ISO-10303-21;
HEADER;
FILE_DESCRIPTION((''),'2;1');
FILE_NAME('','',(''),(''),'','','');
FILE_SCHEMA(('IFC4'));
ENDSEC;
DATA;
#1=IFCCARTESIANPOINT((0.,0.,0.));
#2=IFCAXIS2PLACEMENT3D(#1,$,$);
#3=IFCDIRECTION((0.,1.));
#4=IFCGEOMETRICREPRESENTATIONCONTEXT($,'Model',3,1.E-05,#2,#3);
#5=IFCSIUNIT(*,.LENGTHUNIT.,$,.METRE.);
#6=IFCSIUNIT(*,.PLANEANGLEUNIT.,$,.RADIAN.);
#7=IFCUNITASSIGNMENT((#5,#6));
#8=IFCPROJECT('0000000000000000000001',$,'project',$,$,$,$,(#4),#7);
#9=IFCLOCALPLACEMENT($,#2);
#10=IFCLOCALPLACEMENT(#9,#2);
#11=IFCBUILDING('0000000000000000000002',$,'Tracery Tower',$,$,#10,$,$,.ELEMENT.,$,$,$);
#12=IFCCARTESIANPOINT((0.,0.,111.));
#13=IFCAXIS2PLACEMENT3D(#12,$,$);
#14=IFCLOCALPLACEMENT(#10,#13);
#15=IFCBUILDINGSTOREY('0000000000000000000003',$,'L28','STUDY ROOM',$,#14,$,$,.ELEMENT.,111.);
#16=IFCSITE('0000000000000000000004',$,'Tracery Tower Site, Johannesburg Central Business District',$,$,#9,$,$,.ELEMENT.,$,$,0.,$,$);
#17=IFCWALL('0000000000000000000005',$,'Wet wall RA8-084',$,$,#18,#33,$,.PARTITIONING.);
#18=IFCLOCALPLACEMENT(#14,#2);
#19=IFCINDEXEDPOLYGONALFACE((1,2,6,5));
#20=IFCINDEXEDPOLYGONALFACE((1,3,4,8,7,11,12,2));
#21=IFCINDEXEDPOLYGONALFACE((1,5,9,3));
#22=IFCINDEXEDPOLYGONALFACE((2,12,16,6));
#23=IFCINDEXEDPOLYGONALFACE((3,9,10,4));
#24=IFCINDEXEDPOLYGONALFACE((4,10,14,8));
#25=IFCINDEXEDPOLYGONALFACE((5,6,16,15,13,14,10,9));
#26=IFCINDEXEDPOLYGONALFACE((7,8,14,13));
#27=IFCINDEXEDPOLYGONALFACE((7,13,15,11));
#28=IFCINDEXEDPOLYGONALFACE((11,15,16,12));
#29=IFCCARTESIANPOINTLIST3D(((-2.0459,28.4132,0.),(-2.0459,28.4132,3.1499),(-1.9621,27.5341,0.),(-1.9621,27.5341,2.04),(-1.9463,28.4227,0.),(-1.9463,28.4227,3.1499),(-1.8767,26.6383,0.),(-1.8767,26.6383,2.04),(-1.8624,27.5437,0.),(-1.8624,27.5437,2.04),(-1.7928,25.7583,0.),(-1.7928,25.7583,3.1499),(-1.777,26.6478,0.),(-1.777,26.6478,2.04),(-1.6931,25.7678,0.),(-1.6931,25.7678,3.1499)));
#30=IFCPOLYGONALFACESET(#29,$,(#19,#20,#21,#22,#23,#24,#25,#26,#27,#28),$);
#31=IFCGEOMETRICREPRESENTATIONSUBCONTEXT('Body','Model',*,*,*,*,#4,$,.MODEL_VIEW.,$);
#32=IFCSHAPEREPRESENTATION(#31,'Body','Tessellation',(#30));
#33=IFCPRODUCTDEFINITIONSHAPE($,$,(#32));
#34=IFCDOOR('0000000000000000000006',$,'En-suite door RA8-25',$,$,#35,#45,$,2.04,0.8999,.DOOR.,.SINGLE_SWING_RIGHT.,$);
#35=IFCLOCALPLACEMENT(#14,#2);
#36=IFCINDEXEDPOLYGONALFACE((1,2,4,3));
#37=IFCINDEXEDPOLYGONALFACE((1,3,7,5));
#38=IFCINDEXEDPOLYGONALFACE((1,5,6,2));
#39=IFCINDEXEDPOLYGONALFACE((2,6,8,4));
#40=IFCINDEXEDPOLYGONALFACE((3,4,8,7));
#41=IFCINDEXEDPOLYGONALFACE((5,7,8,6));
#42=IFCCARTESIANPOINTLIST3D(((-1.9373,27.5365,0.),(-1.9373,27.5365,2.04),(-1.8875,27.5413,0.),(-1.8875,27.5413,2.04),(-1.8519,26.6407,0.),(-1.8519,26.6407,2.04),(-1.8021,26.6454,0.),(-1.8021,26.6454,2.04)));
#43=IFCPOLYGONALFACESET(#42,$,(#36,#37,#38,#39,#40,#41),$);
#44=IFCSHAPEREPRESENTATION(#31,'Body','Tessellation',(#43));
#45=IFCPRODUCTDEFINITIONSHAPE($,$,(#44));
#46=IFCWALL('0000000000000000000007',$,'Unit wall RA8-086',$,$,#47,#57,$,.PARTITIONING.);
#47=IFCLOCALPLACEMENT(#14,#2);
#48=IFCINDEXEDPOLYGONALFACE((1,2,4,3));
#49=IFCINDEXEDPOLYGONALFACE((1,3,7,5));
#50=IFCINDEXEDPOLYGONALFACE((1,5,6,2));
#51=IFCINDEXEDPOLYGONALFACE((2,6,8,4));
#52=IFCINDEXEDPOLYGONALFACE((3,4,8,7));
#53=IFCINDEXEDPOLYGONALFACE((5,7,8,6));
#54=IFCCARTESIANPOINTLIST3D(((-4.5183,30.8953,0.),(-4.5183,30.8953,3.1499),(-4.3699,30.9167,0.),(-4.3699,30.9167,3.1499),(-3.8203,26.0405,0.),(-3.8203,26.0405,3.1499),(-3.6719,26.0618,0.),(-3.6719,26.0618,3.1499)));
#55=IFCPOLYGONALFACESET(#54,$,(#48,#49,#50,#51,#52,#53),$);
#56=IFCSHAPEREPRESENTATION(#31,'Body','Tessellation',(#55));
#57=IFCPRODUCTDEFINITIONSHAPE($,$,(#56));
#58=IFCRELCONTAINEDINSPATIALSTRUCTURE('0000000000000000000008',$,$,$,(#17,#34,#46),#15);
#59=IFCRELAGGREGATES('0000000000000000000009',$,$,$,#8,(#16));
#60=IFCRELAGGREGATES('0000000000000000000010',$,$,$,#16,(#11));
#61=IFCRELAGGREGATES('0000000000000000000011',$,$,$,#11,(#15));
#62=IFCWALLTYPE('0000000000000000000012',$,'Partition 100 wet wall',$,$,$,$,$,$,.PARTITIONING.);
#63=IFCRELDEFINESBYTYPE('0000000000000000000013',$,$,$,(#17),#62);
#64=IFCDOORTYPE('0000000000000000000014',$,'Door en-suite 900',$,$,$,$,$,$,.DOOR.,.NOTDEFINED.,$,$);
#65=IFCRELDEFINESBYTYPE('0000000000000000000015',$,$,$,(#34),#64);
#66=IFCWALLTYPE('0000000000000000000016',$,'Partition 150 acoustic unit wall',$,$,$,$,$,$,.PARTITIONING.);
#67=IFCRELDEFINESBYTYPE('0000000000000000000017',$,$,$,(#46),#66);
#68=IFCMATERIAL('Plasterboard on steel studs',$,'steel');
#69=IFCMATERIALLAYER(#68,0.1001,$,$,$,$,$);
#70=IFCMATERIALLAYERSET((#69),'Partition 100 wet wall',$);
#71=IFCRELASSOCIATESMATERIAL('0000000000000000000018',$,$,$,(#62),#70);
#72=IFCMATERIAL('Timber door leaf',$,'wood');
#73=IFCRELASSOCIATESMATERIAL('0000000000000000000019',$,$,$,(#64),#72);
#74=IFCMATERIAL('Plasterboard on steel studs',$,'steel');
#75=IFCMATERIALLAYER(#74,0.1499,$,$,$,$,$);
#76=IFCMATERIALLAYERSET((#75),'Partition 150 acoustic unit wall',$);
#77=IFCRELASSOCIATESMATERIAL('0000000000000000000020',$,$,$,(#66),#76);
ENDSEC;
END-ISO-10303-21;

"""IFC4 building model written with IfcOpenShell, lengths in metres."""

from ifc_helpers import new_model, si_unit, direction, frame, frame_2d, origin, place, context, subcontext, project, spatial, rectangle, extrude, material, layer, layer_set, type_object, element, fill, save


model = new_model("IFC4")

# Units and contexts
model_context = context("Model", 3, precision=1e-05, world=origin(), true_north=direction((0.0, 1.0)))
body_context = subcontext(model_context, "Body", "Model", "MODEL_VIEW")
ifc_project = project(units=[si_unit("LENGTHUNIT", "METRE"), si_unit("PLANEANGLEUNIT", "RADIAN")], contexts=[model_context])

# Site, building, storey
site_placement = place(None, origin())
site = spatial("IfcSite", under=ifc_project, at=site_placement, Name="Tracery Tower Site, Johannesburg Central Business District", CompositionType="ELEMENT", RefElevation=0.0)
building_placement = place(site_placement, origin())
building = spatial("IfcBuilding", under=site, at=building_placement, Name="Tracery Tower", CompositionType="ELEMENT")
storey_placement = place(building_placement, frame((0.0, 0.0, 111.0)))
storey = spatial("IfcBuildingStorey", under=building, at=storey_placement, Name="L28", Description="STUDY ROOM", CompositionType="ELEMENT", Elevation=111.0)

# Wall, opening, door
ifc_material_1 = material(Name="Plasterboard on steel studs", Category="steel")
ifc_layer_1 = layer(ifc_material_1, 0.1001)
ifc_layer_set_1 = layer_set([ifc_layer_1], Name="Partition 100 wet wall")
wall_type_1 = type_object("IfcWallType", Name="Partition 100 wet wall", PredefinedType="PARTITIONING", material=ifc_layer_set_1)
wall_1_placement = place(storey_placement, frame((-1.9961, 28.418, 0.0), z_axis=(0.0, 0.0, 1.0), x_axis=(0.094926, -0.995484, 0.0)))
wall_1 = element("IfcWall", 1, at=wall_1_placement, inside=storey, type_object=wall_type_1, Name="Wet wall RA8-084", PredefinedType="PARTITIONING", context=body_context, shape_type="SweptSolid", body=[
    extrude(rectangle(XDim=2.667, YDim=0.1001, at=frame_2d((1.3335, 0.0))), origin(), (0.0, 0.0, 1.0), 3.1499),
])
opening_1_placement = place(wall_1_placement, frame((0.8831, 0.0, 0.0)))
opening_1 = element("IfcOpeningElement", 2, at=opening_1_placement, cuts=wall_1, PredefinedType="OPENING", context=body_context, shape_type="SweptSolid", body=[
    extrude(rectangle(XDim=0.8999, YDim=2.04, at=frame_2d((0.45, 1.02))), frame((0.0, 0.05, 0.0), z_axis=(0.0, -1.0, 0.0), x_axis=(1.0, 0.0, 0.0)), (0.0, 0.0, 1.0), 0.1001),
])
ifc_material_2 = material(Name="Timber door leaf", Category="wood")
door_type_1 = type_object("IfcDoorType", Name="Door en-suite 900", OperationType="NOTDEFINED", PredefinedType="DOOR", material=ifc_material_2)
door_1_placement = place(opening_1_placement, origin())
door_1 = element("IfcDoor", 3, at=door_1_placement, inside=storey, type_object=door_type_1, Name="En-suite door RA8-25", OperationType="SINGLE_SWING_RIGHT", OverallHeight=2.04, OverallWidth=0.8999, PredefinedType="DOOR", context=body_context, shape_type="SweptSolid", body=[
    extrude(rectangle(XDim=0.8999, YDim=2.04, at=frame_2d((0.45, 1.02))), frame((0.0, 0.0249, 0.0), z_axis=(0.0, -1.0, 0.0), x_axis=(1.0, 0.0, 0.0)), (0.0, 0.0, 1.0), 0.05),
])
fill(opening_1, door_1)

# Wall
ifc_material_3 = material(Name="Plasterboard on steel studs", Category="steel")
ifc_layer_2 = layer(ifc_material_3, 0.1499)
ifc_layer_set_2 = layer_set([ifc_layer_2], Name="Partition 150 acoustic unit wall")
wall_type_2 = type_object("IfcWallType", Name="Partition 150 acoustic unit wall", PredefinedType="PARTITIONING", material=ifc_layer_set_2)
wall_2_placement = place(storey_placement, frame((-4.4441, 30.906, 0.0), z_axis=(0.0, 0.0, 1.0), x_axis=(0.142306, -0.989823, 0.0)))
element("IfcWall", 4, at=wall_2_placement, inside=storey, type_object=wall_type_2, Name="Unit wall RA8-086", PredefinedType="PARTITIONING", context=body_context, shape_type="SweptSolid", body=[
    extrude(rectangle(XDim=4.9048, YDim=0.1499, at=frame_2d((2.4524, 0.0))), origin(), (0.0, 0.0, 1.0), 3.1499),
])

save(model, "model.ifc")
